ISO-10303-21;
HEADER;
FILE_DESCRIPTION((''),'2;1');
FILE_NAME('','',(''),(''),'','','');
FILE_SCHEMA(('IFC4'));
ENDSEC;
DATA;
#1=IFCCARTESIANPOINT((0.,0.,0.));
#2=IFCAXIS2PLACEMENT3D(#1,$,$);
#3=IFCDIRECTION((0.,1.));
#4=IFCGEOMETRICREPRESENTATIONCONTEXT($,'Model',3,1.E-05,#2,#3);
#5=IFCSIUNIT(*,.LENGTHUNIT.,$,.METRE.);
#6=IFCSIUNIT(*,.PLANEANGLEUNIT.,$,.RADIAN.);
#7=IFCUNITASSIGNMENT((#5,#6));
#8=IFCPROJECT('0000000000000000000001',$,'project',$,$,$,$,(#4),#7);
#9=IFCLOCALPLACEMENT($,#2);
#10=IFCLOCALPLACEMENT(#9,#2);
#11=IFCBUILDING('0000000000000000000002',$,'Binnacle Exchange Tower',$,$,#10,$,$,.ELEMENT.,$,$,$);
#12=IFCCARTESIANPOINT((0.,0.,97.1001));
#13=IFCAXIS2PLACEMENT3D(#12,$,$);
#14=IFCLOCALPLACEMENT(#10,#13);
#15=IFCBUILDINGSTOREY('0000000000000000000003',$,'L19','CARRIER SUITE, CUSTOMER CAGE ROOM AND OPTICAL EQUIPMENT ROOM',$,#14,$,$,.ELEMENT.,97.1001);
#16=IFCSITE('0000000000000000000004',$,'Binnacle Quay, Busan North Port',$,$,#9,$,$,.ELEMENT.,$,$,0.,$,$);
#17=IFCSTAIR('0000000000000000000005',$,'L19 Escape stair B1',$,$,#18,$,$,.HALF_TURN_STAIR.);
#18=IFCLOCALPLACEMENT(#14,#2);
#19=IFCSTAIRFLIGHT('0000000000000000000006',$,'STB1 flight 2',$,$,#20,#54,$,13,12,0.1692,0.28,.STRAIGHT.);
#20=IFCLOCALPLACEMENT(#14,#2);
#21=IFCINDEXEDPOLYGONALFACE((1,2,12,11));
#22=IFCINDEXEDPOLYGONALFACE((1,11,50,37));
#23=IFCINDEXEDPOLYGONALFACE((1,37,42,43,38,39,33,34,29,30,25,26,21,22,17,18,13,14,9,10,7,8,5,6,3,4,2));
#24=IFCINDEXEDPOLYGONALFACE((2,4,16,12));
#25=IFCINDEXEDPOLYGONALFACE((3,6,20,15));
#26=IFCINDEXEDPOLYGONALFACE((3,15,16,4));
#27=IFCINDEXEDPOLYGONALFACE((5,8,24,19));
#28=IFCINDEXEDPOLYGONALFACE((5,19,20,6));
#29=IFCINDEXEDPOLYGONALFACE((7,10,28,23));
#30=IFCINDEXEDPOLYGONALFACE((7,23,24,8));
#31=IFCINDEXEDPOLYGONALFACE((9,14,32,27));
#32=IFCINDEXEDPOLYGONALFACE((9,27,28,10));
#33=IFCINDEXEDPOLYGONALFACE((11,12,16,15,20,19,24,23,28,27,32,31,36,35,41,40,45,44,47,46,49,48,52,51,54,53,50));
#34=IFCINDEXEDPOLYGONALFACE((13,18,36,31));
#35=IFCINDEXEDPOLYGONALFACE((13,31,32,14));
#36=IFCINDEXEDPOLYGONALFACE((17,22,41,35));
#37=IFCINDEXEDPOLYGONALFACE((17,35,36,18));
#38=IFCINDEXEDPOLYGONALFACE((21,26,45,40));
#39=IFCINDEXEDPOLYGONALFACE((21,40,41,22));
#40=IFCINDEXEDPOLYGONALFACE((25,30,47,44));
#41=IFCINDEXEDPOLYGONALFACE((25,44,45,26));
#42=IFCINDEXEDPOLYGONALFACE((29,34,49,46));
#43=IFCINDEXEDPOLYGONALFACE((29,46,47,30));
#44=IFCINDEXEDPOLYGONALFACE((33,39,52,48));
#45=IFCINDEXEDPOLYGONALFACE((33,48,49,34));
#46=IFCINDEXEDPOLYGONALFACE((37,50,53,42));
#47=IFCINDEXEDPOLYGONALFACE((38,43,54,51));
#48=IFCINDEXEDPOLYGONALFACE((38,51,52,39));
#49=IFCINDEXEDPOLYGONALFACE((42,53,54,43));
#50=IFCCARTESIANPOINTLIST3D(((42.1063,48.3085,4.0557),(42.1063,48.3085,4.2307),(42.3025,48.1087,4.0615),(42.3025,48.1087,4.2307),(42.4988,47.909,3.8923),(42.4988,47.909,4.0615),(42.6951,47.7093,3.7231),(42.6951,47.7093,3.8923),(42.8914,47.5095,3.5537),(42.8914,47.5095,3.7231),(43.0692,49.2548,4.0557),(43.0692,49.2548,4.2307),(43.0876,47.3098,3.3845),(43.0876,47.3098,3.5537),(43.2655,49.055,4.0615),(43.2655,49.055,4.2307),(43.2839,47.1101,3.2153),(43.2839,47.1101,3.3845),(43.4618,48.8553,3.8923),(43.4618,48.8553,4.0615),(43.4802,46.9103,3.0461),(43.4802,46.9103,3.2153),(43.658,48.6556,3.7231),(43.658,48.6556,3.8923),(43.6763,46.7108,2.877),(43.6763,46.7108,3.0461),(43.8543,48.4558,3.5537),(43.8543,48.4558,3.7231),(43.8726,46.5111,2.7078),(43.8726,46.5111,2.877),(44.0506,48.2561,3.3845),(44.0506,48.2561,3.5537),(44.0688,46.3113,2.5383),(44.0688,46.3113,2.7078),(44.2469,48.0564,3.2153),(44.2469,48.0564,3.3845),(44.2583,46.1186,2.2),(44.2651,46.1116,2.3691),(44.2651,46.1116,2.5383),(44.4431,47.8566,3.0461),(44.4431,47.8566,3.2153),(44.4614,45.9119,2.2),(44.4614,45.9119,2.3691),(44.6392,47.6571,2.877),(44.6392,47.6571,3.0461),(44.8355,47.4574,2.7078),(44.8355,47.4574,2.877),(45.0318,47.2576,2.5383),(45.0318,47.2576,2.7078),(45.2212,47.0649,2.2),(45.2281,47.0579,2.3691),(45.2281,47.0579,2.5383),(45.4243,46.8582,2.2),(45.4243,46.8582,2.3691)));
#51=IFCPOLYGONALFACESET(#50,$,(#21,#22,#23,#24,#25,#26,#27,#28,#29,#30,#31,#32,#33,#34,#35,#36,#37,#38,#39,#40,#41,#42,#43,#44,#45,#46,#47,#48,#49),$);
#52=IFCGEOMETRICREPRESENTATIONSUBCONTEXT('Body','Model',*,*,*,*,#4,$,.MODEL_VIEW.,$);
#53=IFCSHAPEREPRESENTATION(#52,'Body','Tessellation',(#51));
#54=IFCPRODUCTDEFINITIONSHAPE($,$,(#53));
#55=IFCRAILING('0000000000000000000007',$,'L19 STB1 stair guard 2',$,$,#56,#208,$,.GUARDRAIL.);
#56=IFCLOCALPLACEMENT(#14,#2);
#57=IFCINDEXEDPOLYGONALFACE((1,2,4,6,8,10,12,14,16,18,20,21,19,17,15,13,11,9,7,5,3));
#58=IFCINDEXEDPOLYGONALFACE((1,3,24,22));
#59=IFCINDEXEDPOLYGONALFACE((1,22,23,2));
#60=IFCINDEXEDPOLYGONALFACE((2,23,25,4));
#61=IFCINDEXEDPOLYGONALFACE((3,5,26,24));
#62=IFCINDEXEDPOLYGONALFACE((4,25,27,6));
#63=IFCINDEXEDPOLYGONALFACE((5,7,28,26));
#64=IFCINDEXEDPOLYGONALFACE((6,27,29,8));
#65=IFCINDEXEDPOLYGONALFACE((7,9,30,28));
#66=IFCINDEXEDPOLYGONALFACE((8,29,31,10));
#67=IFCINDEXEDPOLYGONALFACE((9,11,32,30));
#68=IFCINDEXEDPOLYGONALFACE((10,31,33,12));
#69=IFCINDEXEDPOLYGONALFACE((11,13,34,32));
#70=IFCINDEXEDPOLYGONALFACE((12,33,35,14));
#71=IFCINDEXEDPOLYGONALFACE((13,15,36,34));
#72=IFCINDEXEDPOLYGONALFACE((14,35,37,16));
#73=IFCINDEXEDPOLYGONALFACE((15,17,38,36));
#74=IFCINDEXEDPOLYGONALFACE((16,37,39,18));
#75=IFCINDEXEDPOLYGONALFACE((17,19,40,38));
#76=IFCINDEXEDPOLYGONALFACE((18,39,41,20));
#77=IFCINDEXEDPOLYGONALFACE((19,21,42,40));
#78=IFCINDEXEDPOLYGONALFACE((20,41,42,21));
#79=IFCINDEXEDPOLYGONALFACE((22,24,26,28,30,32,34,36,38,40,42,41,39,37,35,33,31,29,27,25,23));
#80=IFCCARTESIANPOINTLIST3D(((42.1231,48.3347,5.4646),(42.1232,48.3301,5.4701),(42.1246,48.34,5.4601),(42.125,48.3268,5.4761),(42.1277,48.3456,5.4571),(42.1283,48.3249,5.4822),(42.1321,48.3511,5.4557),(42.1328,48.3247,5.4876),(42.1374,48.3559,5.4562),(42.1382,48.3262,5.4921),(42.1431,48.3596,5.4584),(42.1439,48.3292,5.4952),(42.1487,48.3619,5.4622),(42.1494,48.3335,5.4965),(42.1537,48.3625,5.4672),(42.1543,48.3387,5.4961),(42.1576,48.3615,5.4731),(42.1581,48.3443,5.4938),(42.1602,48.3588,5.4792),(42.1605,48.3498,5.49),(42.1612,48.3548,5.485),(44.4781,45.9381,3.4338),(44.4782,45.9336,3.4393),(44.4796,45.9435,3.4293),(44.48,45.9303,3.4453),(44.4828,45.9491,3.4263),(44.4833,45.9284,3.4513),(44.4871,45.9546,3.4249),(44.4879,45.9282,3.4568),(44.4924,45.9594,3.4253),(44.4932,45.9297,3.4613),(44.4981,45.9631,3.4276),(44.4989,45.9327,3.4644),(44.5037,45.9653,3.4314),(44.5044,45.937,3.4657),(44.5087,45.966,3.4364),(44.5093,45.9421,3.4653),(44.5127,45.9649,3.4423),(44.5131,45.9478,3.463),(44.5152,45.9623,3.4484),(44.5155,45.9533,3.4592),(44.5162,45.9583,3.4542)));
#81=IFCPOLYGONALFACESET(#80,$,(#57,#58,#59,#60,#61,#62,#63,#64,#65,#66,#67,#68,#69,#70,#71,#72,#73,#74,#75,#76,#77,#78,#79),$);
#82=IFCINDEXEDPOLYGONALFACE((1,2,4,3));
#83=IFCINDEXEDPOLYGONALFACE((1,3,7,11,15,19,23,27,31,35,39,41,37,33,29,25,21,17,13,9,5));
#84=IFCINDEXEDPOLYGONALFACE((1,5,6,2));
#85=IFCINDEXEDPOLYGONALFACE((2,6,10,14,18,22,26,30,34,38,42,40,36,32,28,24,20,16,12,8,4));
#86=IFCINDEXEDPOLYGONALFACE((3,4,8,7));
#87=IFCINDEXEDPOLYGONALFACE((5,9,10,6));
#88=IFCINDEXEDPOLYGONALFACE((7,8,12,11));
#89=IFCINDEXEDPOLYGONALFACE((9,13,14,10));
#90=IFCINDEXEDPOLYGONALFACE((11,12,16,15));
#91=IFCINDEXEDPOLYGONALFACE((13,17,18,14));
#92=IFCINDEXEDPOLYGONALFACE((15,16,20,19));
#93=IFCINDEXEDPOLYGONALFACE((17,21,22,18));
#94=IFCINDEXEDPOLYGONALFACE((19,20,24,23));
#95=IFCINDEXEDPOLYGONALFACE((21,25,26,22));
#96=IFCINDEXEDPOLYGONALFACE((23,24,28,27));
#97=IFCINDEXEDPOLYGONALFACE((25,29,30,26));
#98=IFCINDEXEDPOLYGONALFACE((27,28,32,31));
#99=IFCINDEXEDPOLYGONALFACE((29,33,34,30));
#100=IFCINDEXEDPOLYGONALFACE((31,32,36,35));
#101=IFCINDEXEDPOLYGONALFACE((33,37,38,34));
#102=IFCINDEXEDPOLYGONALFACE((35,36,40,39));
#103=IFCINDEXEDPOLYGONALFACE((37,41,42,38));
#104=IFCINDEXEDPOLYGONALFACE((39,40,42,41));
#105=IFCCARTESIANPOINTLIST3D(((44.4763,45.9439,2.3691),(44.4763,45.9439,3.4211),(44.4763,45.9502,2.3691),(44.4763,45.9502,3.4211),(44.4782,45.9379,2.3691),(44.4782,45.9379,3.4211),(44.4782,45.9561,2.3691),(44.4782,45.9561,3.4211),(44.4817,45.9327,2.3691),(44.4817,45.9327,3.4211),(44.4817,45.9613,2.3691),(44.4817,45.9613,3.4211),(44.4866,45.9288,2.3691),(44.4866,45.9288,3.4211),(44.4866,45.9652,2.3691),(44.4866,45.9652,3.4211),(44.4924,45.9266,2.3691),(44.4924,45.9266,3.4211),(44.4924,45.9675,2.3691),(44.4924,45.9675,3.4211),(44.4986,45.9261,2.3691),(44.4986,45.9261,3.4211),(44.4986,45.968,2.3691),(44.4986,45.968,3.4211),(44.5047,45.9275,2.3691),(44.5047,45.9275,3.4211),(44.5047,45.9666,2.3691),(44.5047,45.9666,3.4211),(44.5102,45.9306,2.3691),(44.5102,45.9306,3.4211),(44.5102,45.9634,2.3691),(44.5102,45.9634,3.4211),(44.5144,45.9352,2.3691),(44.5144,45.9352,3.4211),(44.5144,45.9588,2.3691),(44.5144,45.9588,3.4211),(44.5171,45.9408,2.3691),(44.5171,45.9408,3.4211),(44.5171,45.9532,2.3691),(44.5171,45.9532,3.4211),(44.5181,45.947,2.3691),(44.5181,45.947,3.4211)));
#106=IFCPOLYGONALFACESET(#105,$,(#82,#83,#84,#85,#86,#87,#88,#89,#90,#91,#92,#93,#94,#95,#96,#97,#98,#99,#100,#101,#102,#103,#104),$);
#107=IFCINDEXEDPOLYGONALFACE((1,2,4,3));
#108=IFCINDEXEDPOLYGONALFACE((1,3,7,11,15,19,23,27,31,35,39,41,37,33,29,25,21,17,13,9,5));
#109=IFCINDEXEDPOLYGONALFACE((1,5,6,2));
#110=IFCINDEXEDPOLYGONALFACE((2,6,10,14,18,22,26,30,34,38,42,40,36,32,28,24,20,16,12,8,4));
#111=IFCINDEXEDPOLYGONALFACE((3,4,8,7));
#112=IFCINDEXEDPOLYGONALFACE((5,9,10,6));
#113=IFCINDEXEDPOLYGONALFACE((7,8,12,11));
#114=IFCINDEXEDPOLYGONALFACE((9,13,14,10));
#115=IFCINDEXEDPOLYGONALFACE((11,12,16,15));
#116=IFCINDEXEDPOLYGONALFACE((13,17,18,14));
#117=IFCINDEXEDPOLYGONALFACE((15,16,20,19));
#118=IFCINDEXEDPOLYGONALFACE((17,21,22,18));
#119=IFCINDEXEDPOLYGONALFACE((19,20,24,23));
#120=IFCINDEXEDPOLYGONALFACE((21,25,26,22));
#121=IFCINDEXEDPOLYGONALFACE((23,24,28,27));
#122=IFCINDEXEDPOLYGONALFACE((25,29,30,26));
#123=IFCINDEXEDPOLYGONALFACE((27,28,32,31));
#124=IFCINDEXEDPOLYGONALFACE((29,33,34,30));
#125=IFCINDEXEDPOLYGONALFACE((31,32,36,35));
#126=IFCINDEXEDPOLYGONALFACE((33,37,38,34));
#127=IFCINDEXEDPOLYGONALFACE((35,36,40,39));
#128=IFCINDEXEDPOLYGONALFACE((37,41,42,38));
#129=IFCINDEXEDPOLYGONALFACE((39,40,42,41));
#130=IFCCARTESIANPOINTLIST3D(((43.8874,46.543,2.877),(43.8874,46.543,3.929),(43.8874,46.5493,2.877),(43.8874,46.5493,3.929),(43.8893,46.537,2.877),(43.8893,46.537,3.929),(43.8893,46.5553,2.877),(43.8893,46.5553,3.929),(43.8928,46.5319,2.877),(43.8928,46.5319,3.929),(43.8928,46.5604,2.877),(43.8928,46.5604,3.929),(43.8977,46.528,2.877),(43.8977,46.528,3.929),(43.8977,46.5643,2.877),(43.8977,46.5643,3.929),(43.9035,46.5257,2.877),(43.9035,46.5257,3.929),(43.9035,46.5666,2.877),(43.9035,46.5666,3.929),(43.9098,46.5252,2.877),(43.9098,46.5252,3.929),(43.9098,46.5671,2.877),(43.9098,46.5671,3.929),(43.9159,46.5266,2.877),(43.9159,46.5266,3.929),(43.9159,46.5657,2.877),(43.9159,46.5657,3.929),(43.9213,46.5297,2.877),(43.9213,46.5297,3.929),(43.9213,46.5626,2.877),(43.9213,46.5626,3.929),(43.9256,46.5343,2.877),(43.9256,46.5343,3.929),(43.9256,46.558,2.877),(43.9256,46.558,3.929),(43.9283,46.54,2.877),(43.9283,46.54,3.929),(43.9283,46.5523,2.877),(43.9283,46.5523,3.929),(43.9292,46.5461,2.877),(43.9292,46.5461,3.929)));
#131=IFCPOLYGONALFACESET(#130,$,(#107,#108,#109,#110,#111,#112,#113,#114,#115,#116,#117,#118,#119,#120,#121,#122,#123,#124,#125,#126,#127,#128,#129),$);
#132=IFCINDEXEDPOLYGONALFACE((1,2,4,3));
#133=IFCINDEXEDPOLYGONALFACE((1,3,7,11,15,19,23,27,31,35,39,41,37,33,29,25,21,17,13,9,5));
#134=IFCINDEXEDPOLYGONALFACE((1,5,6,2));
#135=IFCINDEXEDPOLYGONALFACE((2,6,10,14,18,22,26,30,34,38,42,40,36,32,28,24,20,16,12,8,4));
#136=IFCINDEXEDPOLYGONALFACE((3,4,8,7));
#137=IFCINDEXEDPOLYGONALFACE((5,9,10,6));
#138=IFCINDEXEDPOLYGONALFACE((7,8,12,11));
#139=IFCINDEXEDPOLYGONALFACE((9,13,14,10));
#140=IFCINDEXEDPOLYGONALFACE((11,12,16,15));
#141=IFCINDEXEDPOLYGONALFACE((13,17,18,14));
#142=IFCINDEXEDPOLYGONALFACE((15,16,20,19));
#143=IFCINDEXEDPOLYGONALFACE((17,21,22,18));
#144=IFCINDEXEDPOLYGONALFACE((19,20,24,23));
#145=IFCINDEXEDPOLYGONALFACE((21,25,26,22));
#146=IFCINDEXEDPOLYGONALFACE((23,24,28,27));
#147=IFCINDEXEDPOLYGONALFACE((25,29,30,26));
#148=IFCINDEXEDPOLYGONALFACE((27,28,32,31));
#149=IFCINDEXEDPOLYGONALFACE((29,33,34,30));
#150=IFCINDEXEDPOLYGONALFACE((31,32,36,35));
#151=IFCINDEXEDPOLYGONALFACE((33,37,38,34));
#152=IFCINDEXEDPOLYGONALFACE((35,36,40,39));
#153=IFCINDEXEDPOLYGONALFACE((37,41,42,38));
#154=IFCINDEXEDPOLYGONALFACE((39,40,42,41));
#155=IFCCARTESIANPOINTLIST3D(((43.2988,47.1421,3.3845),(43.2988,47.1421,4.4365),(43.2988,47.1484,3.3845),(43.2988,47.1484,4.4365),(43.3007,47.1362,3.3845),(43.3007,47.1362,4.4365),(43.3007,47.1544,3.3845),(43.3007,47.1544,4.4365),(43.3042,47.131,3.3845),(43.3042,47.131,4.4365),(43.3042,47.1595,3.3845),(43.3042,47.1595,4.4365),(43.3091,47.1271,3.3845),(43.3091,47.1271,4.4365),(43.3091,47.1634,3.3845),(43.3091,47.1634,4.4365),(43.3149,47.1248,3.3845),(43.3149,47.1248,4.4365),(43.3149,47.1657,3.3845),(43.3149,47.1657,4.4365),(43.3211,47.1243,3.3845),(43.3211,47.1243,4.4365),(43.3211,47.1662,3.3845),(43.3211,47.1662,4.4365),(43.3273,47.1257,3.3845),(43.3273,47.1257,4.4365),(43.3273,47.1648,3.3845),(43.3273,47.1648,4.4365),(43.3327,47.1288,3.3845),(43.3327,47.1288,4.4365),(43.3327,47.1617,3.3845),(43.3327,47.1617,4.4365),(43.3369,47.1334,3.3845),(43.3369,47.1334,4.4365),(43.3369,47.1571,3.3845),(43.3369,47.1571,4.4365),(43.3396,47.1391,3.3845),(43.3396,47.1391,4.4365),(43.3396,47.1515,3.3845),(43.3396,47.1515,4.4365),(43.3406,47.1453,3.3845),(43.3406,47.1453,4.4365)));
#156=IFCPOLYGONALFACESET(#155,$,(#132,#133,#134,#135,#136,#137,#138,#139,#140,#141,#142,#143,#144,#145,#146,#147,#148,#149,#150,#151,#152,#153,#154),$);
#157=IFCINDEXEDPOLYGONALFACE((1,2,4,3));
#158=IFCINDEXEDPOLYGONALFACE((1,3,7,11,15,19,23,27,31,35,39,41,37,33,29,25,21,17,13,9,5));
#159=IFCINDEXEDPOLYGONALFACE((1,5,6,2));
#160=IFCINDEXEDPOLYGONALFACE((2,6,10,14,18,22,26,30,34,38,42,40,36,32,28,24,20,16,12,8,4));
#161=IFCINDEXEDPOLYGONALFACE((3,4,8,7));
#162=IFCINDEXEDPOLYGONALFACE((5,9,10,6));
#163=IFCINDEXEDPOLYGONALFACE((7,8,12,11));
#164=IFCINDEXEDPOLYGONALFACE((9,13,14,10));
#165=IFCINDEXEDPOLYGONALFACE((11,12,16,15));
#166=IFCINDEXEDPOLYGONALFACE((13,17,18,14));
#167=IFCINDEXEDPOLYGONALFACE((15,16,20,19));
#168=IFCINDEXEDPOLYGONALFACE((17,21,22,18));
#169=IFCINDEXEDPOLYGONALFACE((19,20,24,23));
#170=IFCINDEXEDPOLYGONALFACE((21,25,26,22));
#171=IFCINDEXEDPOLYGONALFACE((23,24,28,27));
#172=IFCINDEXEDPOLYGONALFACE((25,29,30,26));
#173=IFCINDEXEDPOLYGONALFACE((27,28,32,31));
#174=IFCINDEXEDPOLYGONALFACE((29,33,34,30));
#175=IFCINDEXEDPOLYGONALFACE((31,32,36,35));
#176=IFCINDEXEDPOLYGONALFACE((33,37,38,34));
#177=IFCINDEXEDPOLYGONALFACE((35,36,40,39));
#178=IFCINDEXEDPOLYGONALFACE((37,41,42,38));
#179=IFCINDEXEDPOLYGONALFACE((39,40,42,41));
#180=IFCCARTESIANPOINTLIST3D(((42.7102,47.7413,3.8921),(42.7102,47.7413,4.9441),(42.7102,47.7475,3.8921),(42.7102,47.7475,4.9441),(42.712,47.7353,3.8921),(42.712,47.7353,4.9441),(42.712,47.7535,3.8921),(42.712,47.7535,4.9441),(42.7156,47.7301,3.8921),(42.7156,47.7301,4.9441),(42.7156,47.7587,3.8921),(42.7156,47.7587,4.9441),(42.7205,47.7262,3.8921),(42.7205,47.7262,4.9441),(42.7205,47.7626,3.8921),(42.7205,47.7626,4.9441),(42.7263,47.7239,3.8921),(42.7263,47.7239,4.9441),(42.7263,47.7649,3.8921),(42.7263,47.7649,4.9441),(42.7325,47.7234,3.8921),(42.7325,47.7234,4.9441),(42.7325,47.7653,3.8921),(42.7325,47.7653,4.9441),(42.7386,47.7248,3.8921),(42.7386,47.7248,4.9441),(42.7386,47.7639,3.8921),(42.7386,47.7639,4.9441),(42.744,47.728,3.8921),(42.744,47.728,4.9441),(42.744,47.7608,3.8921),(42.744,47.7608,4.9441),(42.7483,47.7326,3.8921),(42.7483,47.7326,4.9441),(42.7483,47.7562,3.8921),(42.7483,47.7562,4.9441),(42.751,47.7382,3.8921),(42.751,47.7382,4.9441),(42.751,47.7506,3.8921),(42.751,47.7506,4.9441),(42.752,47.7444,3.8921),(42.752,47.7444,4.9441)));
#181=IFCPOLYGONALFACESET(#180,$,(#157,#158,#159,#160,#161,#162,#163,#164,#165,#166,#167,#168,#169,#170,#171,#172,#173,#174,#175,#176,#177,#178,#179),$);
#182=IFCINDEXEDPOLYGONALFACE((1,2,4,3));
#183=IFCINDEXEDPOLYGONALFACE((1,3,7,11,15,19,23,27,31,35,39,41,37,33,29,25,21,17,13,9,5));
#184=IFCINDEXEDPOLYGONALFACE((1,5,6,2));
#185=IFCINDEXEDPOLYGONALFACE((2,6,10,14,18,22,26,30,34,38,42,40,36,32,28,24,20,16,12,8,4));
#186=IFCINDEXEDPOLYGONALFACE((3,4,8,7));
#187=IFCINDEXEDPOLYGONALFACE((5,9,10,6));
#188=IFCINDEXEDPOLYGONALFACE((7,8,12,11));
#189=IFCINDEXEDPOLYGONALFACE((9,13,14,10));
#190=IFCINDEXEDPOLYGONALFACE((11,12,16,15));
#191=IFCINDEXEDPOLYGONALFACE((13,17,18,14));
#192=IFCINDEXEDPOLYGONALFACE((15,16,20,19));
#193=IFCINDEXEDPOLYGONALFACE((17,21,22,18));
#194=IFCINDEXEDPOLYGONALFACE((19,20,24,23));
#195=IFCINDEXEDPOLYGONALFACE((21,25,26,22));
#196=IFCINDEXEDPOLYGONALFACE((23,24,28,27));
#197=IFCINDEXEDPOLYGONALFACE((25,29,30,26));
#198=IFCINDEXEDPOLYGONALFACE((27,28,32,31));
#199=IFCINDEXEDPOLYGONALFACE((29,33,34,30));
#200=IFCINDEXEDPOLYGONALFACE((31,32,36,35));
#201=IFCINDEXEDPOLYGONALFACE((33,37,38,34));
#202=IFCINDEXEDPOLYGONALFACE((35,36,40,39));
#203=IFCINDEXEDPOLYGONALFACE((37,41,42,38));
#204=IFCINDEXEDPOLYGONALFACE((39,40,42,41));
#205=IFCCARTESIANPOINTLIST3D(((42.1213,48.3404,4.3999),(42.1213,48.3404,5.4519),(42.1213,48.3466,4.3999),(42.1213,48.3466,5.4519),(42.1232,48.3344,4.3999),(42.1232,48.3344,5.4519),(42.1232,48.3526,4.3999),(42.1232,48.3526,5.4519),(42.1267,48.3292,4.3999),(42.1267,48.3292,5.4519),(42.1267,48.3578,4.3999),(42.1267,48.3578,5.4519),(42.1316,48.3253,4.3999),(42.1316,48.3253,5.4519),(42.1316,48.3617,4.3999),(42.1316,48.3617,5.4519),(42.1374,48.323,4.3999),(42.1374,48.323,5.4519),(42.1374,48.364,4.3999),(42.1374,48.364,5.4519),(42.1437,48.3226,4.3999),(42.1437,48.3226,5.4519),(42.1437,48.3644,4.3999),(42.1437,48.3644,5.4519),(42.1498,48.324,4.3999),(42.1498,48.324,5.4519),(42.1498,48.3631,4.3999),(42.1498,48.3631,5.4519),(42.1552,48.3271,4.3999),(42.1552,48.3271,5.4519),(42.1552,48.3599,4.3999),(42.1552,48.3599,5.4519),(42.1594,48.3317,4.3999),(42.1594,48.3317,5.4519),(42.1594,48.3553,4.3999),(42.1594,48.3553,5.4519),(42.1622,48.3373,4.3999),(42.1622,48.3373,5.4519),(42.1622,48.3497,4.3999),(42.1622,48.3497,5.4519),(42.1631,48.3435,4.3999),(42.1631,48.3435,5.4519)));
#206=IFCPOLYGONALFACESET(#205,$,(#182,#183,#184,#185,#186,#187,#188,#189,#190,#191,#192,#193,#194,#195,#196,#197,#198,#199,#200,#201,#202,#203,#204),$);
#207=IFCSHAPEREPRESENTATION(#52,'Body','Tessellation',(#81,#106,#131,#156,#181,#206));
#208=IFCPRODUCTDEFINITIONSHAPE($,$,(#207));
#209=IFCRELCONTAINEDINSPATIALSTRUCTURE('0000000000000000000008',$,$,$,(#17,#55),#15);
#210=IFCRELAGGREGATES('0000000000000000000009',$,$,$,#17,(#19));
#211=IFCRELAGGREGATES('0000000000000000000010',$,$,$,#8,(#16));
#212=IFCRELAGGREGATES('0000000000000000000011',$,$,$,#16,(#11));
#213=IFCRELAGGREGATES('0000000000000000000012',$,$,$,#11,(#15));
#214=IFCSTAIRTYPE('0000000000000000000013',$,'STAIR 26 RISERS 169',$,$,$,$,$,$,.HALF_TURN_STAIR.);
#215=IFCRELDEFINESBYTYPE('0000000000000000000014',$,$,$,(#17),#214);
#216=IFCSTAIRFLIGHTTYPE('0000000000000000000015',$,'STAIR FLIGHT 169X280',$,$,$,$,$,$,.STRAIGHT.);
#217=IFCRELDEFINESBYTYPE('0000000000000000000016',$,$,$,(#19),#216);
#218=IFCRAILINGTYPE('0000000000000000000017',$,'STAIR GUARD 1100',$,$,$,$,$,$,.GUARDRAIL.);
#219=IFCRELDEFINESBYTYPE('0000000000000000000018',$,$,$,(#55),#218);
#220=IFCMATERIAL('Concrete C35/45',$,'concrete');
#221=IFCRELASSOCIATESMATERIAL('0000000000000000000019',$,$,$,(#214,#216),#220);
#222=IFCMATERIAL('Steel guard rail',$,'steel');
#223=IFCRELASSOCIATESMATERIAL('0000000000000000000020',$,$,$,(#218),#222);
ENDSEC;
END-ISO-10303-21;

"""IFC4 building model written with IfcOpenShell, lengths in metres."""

from ifc_helpers import new_model, si_unit, direction, frame, origin, origin_2d, place, context, subcontext, project, spatial, polyline, circle, outline, extrude, material, type_object, element, aggregate, save


model = new_model("IFC4")

# Units and contexts
model_context = context("Model", 3, precision=1e-05, world=origin(), true_north=direction((0.0, 1.0)))
body_context = subcontext(model_context, "Body", "Model", "MODEL_VIEW")
ifc_project = project(units=[si_unit("LENGTHUNIT", "METRE"), si_unit("PLANEANGLEUNIT", "RADIAN")], contexts=[model_context])

# Site, building, storey
site_placement = place(None, origin())
site = spatial("IfcSite", under=ifc_project, at=site_placement, Name="Binnacle Quay, Busan North Port", CompositionType="ELEMENT", RefElevation=0.0)
building_placement = place(site_placement, origin())
building = spatial("IfcBuilding", under=site, at=building_placement, Name="Binnacle Exchange Tower", CompositionType="ELEMENT")
storey_placement = place(building_placement, frame((0.0, 0.0, 97.1001)))
storey = spatial("IfcBuildingStorey", under=building, at=storey_placement, Name="L19", Description="CARRIER SUITE, CUSTOMER CAGE ROOM AND OPTICAL EQUIPMENT ROOM", CompositionType="ELEMENT", Elevation=97.1001)

# Stair, stair flight
ifc_material_1 = material(Name="Concrete C35/45", Category="concrete")
stair_type = type_object("IfcStairType", Name="STAIR 26 RISERS 169", PredefinedType="HALF_TURN_STAIR", material=ifc_material_1)
stair_placement = place(storey_placement, origin())
stair = element("IfcStair", 1, at=stair_placement, inside=storey, type_object=stair_type, Name="L19 Escape stair B1", PredefinedType="HALF_TURN_STAIR")
stair_flight_type = type_object("IfcStairFlightType", Name="STAIR FLIGHT 169X280", PredefinedType="STRAIGHT", material=ifc_material_1)
stair_flight_1_placement = place(storey_placement, frame((44.9429, 46.385, 2.2), z_axis=(0.0, 0.0, 1.0), x_axis=(-0.700909, 0.71325, 0.0)))
stair_flight_1 = element("IfcStairFlight", 2, at=stair_flight_1_placement, type_object=stair_flight_type, Name="STB1 flight 2", NumberOfRisers=13, NumberOfTreads=12, PredefinedType="STRAIGHT", RiserHeight=0.1692, TreadLength=0.28, context=body_context, shape_type="SweptSolid", body=[
    extrude(outline(polyline([(0.0, 0.0), (0.0, 0.1692), (0.28, 0.1692), (0.28, 0.3384), (0.5601, 0.3384), (0.5601, 0.5078), (0.8401, 0.5078), (0.8401, 0.677), (1.1201, 0.677), (1.1201, 0.8462), (1.3999, 0.8462), (1.3999, 1.0154), (1.6799, 1.0154), (1.6799, 1.1846), (1.96, 1.1846), (1.96, 1.3538), (2.24, 1.3538), (2.24, 1.5232), (2.52, 1.5232), (2.52, 1.6924), (2.8, 1.6924), (2.8, 1.8616), (3.0801, 1.8616), (3.0801, 2.0308), (3.3601, 2.0308), (3.3601, 2.2), (3.3601, 1.8557), (0.2898, 0.0), (0.0, 0.0)])), frame((0.0, 0.675, 0.0), z_axis=(0.0, -1.0, 0.0), x_axis=(1.0, 0.0, 0.0)), (0.0, 0.0, 1.0), 1.3501),
])
aggregate(stair, [stair_flight_1])

# Railing
ifc_material_2 = material(Name="Steel guard rail", Category="steel")
railing_type_1 = type_object("IfcRailingType", Name="STAIR GUARD 1100", PredefinedType="GUARDRAIL", material=ifc_material_2)
railing_1_placement = place(storey_placement, frame((44.4971, 45.947, 2.3691)))
element("IfcRailing", 3, at=railing_1_placement, inside=storey, type_object=railing_type_1, Name="L19 STB1 stair guard 2", PredefinedType="GUARDRAIL", context=body_context, shape_type="SweptSolid", body=[
    extrude(circle(Radius=0.0239, at=origin_2d()), frame((0.0, 0.0, 1.0762), z_axis=(-0.59985, 0.610422, 0.517267), x_axis=(-0.713256, -0.700903, 0.0)), (0.0, 0.0, 1.0), 3.926),
    extrude(circle(Radius=0.021, at=origin_2d()), origin(), (0.0, 0.0, 1.0), 1.052),
    extrude(circle(Radius=0.021, at=origin_2d()), frame((-0.5889, 0.5991, 0.5078)), (0.0, 0.0, 1.0), 1.052),
    extrude(circle(Radius=0.021, at=origin_2d()), frame((-1.1775, 1.1982, 1.0154)), (0.0, 0.0, 1.0), 1.052),
    extrude(circle(Radius=0.021, at=origin_2d()), frame((-1.7661, 1.7974, 1.5229)), (0.0, 0.0, 1.0), 1.052),
    extrude(circle(Radius=0.021, at=origin_2d()), frame((-2.355, 2.3965, 2.0308)), (0.0, 0.0, 1.0), 1.052),
])

save(model, "model.ifc")
